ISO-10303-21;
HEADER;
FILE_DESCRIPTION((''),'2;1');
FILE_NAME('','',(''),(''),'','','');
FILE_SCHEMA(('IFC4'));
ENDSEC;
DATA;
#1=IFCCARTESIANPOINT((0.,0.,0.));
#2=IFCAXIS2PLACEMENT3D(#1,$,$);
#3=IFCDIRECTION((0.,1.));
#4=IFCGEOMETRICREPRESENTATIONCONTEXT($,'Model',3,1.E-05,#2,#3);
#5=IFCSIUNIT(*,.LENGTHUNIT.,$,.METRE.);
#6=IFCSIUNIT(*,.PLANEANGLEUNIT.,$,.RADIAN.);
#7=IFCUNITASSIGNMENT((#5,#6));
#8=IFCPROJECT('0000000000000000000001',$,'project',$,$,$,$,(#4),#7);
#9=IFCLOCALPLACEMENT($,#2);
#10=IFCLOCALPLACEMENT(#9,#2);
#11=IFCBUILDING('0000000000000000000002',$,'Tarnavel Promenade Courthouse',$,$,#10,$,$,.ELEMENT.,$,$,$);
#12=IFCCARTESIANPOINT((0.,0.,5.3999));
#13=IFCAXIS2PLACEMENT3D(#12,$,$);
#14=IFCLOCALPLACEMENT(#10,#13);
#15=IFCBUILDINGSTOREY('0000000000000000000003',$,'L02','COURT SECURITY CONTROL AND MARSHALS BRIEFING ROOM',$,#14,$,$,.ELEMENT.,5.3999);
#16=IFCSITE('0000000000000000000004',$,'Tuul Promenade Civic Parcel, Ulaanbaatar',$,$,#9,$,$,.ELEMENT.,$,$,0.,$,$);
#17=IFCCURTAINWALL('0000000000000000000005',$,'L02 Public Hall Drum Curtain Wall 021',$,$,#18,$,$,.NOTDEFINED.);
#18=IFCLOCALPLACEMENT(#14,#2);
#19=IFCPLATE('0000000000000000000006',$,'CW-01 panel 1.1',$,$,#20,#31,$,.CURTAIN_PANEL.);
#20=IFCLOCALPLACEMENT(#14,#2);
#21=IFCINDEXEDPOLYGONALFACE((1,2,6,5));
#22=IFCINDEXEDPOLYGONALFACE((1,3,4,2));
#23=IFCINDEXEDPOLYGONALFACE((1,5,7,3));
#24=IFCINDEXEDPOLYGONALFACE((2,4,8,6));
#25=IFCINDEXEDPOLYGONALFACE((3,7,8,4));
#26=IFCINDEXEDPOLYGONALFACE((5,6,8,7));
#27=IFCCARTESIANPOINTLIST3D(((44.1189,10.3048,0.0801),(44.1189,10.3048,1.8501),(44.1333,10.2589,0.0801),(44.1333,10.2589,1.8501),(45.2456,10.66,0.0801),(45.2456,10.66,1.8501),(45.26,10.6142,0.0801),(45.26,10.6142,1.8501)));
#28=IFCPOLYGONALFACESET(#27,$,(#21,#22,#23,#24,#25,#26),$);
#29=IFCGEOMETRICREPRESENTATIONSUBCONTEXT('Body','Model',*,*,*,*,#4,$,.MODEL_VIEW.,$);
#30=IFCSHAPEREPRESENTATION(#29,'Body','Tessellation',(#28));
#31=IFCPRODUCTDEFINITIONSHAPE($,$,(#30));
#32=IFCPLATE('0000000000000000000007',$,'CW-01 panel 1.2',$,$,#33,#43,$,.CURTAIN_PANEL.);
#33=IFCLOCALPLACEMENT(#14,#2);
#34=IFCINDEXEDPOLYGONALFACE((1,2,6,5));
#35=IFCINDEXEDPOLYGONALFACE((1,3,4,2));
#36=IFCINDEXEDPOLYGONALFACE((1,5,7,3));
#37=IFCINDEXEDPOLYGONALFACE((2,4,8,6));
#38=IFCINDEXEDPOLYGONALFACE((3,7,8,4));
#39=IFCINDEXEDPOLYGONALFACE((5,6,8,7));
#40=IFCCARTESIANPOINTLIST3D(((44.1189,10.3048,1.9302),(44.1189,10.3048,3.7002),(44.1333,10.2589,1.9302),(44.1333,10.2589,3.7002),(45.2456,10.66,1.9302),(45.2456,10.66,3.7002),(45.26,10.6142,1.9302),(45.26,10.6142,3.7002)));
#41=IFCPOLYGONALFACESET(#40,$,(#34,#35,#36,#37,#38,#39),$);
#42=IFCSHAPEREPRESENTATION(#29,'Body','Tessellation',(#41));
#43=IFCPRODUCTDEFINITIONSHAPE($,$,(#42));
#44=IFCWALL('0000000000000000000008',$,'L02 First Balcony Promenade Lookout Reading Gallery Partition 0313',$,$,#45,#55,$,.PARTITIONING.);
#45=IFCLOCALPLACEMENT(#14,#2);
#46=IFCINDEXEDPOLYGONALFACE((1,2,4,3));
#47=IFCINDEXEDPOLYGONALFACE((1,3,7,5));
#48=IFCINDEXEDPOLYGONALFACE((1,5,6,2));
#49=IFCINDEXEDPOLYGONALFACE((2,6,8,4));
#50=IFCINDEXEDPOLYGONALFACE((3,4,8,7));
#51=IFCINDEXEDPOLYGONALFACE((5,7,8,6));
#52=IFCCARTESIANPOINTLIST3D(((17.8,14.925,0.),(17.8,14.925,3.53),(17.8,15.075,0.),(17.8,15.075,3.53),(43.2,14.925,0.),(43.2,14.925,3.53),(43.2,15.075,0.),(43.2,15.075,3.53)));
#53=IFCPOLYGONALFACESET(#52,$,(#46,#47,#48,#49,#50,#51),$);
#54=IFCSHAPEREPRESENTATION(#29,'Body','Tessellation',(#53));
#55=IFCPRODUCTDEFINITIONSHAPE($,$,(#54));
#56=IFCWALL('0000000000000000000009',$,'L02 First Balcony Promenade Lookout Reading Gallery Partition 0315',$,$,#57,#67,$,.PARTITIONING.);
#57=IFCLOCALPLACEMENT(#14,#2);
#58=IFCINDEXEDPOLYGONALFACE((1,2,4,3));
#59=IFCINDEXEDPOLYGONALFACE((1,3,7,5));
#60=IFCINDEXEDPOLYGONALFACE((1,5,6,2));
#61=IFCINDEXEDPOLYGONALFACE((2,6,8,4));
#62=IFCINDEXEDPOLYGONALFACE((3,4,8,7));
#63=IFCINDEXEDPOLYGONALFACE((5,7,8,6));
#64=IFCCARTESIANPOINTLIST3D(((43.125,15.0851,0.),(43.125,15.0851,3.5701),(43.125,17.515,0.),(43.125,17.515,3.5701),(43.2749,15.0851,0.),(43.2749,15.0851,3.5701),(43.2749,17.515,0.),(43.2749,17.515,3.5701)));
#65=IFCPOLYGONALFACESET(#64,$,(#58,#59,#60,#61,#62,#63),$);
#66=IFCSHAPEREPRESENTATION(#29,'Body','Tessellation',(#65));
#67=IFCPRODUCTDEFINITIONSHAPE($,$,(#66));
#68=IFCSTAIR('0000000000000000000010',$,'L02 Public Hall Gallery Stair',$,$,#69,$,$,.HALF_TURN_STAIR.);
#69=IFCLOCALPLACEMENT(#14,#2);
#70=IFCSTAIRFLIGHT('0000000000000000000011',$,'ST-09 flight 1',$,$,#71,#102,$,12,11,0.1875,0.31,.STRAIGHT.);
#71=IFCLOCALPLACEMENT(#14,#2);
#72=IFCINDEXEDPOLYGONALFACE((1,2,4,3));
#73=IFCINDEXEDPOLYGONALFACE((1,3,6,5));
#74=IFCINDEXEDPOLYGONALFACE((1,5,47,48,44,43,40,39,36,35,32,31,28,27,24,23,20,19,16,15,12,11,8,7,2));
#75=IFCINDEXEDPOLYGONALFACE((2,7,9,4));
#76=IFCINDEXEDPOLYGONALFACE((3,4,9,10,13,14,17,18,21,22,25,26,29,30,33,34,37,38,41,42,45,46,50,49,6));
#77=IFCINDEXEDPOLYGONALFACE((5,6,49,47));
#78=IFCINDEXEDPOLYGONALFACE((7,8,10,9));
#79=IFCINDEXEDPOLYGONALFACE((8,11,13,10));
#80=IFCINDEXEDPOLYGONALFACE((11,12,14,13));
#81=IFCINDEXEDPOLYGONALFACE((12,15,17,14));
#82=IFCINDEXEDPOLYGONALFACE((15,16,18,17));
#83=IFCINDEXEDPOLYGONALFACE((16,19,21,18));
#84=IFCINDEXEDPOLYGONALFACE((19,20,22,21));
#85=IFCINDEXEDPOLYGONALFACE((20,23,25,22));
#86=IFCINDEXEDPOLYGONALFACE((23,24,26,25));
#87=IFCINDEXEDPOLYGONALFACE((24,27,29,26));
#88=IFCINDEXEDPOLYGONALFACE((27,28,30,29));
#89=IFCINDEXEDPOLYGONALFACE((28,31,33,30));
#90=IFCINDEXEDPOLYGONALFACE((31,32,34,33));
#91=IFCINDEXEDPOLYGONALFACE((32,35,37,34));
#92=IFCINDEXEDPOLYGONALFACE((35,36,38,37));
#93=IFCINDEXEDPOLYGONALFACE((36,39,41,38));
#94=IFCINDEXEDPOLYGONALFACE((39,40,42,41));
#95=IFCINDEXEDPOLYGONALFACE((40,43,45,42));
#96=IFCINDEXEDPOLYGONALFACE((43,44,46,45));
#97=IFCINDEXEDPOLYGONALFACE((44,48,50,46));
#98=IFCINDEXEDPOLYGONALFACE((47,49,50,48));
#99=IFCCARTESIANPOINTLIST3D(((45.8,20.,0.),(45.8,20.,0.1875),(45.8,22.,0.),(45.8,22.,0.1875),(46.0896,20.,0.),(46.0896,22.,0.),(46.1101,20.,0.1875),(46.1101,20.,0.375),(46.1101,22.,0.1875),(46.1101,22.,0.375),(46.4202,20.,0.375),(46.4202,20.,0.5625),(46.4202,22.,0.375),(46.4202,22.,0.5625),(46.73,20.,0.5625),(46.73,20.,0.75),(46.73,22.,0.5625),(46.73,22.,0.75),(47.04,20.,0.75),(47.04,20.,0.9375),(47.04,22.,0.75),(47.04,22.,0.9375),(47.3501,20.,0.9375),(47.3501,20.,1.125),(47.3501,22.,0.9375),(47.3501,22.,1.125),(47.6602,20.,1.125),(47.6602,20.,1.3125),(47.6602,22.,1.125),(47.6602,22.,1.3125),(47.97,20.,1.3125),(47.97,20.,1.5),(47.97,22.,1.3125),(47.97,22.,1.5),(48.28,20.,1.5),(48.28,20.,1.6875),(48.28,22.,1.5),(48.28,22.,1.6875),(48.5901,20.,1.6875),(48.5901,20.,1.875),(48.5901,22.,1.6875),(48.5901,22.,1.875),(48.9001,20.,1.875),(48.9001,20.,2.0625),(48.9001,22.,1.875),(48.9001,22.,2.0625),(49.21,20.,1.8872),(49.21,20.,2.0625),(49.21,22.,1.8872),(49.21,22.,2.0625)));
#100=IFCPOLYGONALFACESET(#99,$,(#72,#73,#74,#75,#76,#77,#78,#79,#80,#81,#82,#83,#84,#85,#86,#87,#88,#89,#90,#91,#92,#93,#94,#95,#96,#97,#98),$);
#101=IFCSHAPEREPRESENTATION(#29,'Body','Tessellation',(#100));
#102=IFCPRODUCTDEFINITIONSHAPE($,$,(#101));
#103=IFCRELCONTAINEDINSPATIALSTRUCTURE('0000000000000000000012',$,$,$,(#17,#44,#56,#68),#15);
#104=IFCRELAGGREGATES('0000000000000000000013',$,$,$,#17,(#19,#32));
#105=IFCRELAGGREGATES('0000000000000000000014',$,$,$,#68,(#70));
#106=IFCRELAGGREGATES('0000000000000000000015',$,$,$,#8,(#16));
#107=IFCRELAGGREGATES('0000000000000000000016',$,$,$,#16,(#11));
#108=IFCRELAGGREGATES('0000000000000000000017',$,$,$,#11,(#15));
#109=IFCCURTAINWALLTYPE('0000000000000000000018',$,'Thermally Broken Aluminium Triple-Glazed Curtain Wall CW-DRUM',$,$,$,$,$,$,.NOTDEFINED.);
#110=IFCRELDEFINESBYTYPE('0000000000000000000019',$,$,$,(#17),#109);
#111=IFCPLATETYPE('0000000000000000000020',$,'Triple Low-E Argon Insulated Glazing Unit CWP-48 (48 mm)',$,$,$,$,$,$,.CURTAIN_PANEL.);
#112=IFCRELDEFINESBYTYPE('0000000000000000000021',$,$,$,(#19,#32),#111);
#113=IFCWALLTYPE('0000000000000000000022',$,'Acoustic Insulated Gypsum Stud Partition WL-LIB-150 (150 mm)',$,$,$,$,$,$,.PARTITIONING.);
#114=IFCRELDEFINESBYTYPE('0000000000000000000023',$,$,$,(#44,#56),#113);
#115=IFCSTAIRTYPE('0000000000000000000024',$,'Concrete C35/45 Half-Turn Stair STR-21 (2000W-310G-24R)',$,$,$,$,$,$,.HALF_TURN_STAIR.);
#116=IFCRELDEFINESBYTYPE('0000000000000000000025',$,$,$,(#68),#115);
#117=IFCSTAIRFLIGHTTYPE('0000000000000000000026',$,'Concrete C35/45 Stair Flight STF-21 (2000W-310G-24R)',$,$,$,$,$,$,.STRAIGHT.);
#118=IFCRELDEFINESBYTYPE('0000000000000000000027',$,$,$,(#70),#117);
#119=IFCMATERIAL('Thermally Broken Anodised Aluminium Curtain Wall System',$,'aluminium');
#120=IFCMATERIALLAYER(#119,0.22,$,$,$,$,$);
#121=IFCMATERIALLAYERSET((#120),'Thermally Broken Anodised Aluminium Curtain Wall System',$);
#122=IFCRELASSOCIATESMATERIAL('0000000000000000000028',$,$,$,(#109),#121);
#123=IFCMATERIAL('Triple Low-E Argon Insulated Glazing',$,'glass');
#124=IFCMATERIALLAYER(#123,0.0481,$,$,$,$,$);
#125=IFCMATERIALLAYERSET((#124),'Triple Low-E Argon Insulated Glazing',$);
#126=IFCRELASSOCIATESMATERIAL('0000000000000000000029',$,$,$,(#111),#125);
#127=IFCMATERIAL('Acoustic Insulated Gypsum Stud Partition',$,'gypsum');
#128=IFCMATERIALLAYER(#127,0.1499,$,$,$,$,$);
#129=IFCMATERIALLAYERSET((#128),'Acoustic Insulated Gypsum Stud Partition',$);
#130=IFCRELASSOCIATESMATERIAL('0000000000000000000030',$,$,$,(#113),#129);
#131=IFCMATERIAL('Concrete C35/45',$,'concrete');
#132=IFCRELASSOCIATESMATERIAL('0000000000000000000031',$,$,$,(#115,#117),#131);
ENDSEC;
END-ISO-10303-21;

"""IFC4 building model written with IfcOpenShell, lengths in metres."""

from ifc_helpers import new_model, si_unit, direction, frame, frame_2d, origin, origin_2d, place, context, subcontext, project, spatial, polyline, rectangle, outline, extrude, material, layer, layer_set, type_object, element, aggregate, save


model = new_model("IFC4")

# Units and contexts
model_context = context("Model", 3, precision=1e-05, world=origin(), true_north=direction((0.0, 1.0)))
body_context = subcontext(model_context, "Body", "Model", "MODEL_VIEW")
ifc_project = project(units=[si_unit("LENGTHUNIT", "METRE"), si_unit("PLANEANGLEUNIT", "RADIAN")], contexts=[model_context])

# Site, building, storey
site_placement = place(None, origin())
site = spatial("IfcSite", under=ifc_project, at=site_placement, Name="Tuul Promenade Civic Parcel, Ulaanbaatar", CompositionType="ELEMENT", RefElevation=0.0)
building_placement = place(site_placement, origin())
building = spatial("IfcBuilding", under=site, at=building_placement, Name="Tarnavel Promenade Courthouse", CompositionType="ELEMENT")
storey_placement = place(building_placement, frame((0.0, 0.0, 5.3999)))
storey = spatial("IfcBuildingStorey", under=building, at=storey_placement, Name="L02", Description="COURT SECURITY CONTROL AND MARSHALS BRIEFING ROOM", CompositionType="ELEMENT", Elevation=5.3999)

# Curtain wall
ifc_material_1 = material(Name="Thermally Broken Anodised Aluminium Curtain Wall System", Category="aluminium")
ifc_layer_1 = layer(ifc_material_1, 0.22)
ifc_layer_set_1 = layer_set([ifc_layer_1], Name="Thermally Broken Anodised Aluminium Curtain Wall System")
curtain_wall_type = type_object("IfcCurtainWallType", Name="Thermally Broken Aluminium Triple-Glazed Curtain Wall CW-DRUM", PredefinedType="NOTDEFINED", material=ifc_layer_set_1)
curtain_wall_1_placement = place(storey_placement, origin())
curtain_wall_1 = element("IfcCurtainWall", 1, at=curtain_wall_1_placement, inside=storey, type_object=curtain_wall_type, Name="L02 Public Hall Drum Curtain Wall 021", PredefinedType="NOTDEFINED")

# Plates
ifc_material_2 = material(Name="Triple Low-E Argon Insulated Glazing", Category="glass")
ifc_layer_2 = layer(ifc_material_2, 0.0481)
ifc_layer_set_2 = layer_set([ifc_layer_2], Name="Triple Low-E Argon Insulated Glazing")
plate_type = type_object("IfcPlateType", Name="Triple Low-E Argon Insulated Glazing Unit CWP-48 (48 mm)", PredefinedType="CURTAIN_PANEL", material=ifc_layer_set_2)
plate_1_placement = place(storey_placement, frame((44.6895, 10.4595, 0.0801), z_axis=(0.0, 0.0, 1.0), x_axis=(0.953717, 0.300705, 0.0)))
plate_1 = element("IfcPlate", 2, at=plate_1_placement, type_object=plate_type, Name="CW-01 panel 1.1", PredefinedType="CURTAIN_PANEL", context=body_context, shape_type="SweptSolid", body=[
    extrude(rectangle(XDim=1.1814, YDim=0.0481, at=origin_2d()), origin(), (0.0, 0.0, 1.0), 1.77),
])
plate_2_placement = place(storey_placement, frame((44.6895, 10.4595, 1.9302), z_axis=(0.0, 0.0, 1.0), x_axis=(0.953717, 0.300705, 0.0)))
plate_2 = element("IfcPlate", 3, at=plate_2_placement, type_object=plate_type, Name="CW-01 panel 1.2", PredefinedType="CURTAIN_PANEL", context=body_context, shape_type="SweptSolid", body=[
    extrude(rectangle(XDim=1.1814, YDim=0.0481, at=origin_2d()), origin(), (0.0, 0.0, 1.0), 1.77),
])
aggregate(curtain_wall_1, [plate_1, plate_2])

# Walls
ifc_material_3 = material(Name="Acoustic Insulated Gypsum Stud Partition", Category="gypsum")
ifc_layer_3 = layer(ifc_material_3, 0.1499)
ifc_layer_set_3 = layer_set([ifc_layer_3], Name="Acoustic Insulated Gypsum Stud Partition")
wall_type = type_object("IfcWallType", Name="Acoustic Insulated Gypsum Stud Partition WL-LIB-150 (150 mm)", PredefinedType="PARTITIONING", material=ifc_layer_set_3)
wall_1_placement = place(storey_placement, frame((43.2, 15.0, 0.0), z_axis=(0.0, 0.0, 1.0), x_axis=(-1.0, 0.0, 0.0)))
element("IfcWall", 4, at=wall_1_placement, inside=storey, type_object=wall_type, Name="L02 First Balcony Promenade Lookout Reading Gallery Partition 0313", PredefinedType="PARTITIONING", context=body_context, shape_type="SweptSolid", body=[
    extrude(rectangle(XDim=25.3999, YDim=0.1499, at=frame_2d((12.7, 0.0))), origin(), (0.0, 0.0, 1.0), 3.53),
])
wall_2_placement = place(storey_placement, frame((43.2, 17.5149, 0.0), z_axis=(0.0, 0.0, 1.0), x_axis=(0.0, -1.0, 0.0)))
element("IfcWall", 5, at=wall_2_placement, inside=storey, type_object=wall_type, Name="L02 First Balcony Promenade Lookout Reading Gallery Partition 0315", PredefinedType="PARTITIONING", context=body_context, shape_type="SweptSolid", body=[
    extrude(rectangle(XDim=2.4299, YDim=0.1499, at=frame_2d((1.2148, 0.0))), origin(), (0.0, 0.0, 1.0), 3.5701),
])

# Stair, stair flight
ifc_material_4 = material(Name="Concrete C35/45", Category="concrete")
stair_type = type_object("IfcStairType", Name="Concrete C35/45 Half-Turn Stair STR-21 (2000W-310G-24R)", PredefinedType="HALF_TURN_STAIR", material=ifc_material_4)
stair_placement = place(storey_placement, origin())
stair = element("IfcStair", 6, at=stair_placement, inside=storey, type_object=stair_type, Name="L02 Public Hall Gallery Stair", PredefinedType="HALF_TURN_STAIR")
stair_flight_type = type_object("IfcStairFlightType", Name="Concrete C35/45 Stair Flight STF-21 (2000W-310G-24R)", PredefinedType="STRAIGHT", material=ifc_material_4)
stair_flight_placement = place(storey_placement, frame((45.8, 21.0, 0.0), z_axis=(0.0, 0.0, 1.0), x_axis=(1.0, 0.0, 0.0)))
stair_flight = element("IfcStairFlight", 7, at=stair_flight_placement, type_object=stair_flight_type, Name="ST-09 flight 1", NumberOfRisers=12, NumberOfTreads=11, PredefinedType="STRAIGHT", RiserHeight=0.1875, TreadLength=0.31, context=body_context, shape_type="SweptSolid", body=[
    extrude(outline(polyline([(0.0, 0.0), (0.0, 0.1875), (0.3101, 0.1875), (0.3101, 0.375), (0.6201, 0.375), (0.6201, 0.5625), (0.9299, 0.5625), (0.9299, 0.75), (1.24, 0.75), (1.24, 0.9375), (1.55, 0.9375), (1.55, 1.125), (1.8601, 1.125), (1.8601, 1.3125), (2.1699, 1.3125), (2.1699, 1.5), (2.48, 1.5), (2.48, 1.6875), (2.79, 1.6875), (2.79, 1.875), (3.1001, 1.875), (3.1001, 2.0625), (3.4099, 2.0625), (3.4099, 2.25), (3.4099, 1.8872), (0.2896, 0.0), (0.0, 0.0)])), frame((0.0, 1.0, 0.0), z_axis=(0.0, -1.0, 0.0), x_axis=(1.0, 0.0, 0.0)), (0.0, 0.0, 1.0), 2.0),
])
aggregate(stair, [stair_flight])

save(model, "model.ifc")
